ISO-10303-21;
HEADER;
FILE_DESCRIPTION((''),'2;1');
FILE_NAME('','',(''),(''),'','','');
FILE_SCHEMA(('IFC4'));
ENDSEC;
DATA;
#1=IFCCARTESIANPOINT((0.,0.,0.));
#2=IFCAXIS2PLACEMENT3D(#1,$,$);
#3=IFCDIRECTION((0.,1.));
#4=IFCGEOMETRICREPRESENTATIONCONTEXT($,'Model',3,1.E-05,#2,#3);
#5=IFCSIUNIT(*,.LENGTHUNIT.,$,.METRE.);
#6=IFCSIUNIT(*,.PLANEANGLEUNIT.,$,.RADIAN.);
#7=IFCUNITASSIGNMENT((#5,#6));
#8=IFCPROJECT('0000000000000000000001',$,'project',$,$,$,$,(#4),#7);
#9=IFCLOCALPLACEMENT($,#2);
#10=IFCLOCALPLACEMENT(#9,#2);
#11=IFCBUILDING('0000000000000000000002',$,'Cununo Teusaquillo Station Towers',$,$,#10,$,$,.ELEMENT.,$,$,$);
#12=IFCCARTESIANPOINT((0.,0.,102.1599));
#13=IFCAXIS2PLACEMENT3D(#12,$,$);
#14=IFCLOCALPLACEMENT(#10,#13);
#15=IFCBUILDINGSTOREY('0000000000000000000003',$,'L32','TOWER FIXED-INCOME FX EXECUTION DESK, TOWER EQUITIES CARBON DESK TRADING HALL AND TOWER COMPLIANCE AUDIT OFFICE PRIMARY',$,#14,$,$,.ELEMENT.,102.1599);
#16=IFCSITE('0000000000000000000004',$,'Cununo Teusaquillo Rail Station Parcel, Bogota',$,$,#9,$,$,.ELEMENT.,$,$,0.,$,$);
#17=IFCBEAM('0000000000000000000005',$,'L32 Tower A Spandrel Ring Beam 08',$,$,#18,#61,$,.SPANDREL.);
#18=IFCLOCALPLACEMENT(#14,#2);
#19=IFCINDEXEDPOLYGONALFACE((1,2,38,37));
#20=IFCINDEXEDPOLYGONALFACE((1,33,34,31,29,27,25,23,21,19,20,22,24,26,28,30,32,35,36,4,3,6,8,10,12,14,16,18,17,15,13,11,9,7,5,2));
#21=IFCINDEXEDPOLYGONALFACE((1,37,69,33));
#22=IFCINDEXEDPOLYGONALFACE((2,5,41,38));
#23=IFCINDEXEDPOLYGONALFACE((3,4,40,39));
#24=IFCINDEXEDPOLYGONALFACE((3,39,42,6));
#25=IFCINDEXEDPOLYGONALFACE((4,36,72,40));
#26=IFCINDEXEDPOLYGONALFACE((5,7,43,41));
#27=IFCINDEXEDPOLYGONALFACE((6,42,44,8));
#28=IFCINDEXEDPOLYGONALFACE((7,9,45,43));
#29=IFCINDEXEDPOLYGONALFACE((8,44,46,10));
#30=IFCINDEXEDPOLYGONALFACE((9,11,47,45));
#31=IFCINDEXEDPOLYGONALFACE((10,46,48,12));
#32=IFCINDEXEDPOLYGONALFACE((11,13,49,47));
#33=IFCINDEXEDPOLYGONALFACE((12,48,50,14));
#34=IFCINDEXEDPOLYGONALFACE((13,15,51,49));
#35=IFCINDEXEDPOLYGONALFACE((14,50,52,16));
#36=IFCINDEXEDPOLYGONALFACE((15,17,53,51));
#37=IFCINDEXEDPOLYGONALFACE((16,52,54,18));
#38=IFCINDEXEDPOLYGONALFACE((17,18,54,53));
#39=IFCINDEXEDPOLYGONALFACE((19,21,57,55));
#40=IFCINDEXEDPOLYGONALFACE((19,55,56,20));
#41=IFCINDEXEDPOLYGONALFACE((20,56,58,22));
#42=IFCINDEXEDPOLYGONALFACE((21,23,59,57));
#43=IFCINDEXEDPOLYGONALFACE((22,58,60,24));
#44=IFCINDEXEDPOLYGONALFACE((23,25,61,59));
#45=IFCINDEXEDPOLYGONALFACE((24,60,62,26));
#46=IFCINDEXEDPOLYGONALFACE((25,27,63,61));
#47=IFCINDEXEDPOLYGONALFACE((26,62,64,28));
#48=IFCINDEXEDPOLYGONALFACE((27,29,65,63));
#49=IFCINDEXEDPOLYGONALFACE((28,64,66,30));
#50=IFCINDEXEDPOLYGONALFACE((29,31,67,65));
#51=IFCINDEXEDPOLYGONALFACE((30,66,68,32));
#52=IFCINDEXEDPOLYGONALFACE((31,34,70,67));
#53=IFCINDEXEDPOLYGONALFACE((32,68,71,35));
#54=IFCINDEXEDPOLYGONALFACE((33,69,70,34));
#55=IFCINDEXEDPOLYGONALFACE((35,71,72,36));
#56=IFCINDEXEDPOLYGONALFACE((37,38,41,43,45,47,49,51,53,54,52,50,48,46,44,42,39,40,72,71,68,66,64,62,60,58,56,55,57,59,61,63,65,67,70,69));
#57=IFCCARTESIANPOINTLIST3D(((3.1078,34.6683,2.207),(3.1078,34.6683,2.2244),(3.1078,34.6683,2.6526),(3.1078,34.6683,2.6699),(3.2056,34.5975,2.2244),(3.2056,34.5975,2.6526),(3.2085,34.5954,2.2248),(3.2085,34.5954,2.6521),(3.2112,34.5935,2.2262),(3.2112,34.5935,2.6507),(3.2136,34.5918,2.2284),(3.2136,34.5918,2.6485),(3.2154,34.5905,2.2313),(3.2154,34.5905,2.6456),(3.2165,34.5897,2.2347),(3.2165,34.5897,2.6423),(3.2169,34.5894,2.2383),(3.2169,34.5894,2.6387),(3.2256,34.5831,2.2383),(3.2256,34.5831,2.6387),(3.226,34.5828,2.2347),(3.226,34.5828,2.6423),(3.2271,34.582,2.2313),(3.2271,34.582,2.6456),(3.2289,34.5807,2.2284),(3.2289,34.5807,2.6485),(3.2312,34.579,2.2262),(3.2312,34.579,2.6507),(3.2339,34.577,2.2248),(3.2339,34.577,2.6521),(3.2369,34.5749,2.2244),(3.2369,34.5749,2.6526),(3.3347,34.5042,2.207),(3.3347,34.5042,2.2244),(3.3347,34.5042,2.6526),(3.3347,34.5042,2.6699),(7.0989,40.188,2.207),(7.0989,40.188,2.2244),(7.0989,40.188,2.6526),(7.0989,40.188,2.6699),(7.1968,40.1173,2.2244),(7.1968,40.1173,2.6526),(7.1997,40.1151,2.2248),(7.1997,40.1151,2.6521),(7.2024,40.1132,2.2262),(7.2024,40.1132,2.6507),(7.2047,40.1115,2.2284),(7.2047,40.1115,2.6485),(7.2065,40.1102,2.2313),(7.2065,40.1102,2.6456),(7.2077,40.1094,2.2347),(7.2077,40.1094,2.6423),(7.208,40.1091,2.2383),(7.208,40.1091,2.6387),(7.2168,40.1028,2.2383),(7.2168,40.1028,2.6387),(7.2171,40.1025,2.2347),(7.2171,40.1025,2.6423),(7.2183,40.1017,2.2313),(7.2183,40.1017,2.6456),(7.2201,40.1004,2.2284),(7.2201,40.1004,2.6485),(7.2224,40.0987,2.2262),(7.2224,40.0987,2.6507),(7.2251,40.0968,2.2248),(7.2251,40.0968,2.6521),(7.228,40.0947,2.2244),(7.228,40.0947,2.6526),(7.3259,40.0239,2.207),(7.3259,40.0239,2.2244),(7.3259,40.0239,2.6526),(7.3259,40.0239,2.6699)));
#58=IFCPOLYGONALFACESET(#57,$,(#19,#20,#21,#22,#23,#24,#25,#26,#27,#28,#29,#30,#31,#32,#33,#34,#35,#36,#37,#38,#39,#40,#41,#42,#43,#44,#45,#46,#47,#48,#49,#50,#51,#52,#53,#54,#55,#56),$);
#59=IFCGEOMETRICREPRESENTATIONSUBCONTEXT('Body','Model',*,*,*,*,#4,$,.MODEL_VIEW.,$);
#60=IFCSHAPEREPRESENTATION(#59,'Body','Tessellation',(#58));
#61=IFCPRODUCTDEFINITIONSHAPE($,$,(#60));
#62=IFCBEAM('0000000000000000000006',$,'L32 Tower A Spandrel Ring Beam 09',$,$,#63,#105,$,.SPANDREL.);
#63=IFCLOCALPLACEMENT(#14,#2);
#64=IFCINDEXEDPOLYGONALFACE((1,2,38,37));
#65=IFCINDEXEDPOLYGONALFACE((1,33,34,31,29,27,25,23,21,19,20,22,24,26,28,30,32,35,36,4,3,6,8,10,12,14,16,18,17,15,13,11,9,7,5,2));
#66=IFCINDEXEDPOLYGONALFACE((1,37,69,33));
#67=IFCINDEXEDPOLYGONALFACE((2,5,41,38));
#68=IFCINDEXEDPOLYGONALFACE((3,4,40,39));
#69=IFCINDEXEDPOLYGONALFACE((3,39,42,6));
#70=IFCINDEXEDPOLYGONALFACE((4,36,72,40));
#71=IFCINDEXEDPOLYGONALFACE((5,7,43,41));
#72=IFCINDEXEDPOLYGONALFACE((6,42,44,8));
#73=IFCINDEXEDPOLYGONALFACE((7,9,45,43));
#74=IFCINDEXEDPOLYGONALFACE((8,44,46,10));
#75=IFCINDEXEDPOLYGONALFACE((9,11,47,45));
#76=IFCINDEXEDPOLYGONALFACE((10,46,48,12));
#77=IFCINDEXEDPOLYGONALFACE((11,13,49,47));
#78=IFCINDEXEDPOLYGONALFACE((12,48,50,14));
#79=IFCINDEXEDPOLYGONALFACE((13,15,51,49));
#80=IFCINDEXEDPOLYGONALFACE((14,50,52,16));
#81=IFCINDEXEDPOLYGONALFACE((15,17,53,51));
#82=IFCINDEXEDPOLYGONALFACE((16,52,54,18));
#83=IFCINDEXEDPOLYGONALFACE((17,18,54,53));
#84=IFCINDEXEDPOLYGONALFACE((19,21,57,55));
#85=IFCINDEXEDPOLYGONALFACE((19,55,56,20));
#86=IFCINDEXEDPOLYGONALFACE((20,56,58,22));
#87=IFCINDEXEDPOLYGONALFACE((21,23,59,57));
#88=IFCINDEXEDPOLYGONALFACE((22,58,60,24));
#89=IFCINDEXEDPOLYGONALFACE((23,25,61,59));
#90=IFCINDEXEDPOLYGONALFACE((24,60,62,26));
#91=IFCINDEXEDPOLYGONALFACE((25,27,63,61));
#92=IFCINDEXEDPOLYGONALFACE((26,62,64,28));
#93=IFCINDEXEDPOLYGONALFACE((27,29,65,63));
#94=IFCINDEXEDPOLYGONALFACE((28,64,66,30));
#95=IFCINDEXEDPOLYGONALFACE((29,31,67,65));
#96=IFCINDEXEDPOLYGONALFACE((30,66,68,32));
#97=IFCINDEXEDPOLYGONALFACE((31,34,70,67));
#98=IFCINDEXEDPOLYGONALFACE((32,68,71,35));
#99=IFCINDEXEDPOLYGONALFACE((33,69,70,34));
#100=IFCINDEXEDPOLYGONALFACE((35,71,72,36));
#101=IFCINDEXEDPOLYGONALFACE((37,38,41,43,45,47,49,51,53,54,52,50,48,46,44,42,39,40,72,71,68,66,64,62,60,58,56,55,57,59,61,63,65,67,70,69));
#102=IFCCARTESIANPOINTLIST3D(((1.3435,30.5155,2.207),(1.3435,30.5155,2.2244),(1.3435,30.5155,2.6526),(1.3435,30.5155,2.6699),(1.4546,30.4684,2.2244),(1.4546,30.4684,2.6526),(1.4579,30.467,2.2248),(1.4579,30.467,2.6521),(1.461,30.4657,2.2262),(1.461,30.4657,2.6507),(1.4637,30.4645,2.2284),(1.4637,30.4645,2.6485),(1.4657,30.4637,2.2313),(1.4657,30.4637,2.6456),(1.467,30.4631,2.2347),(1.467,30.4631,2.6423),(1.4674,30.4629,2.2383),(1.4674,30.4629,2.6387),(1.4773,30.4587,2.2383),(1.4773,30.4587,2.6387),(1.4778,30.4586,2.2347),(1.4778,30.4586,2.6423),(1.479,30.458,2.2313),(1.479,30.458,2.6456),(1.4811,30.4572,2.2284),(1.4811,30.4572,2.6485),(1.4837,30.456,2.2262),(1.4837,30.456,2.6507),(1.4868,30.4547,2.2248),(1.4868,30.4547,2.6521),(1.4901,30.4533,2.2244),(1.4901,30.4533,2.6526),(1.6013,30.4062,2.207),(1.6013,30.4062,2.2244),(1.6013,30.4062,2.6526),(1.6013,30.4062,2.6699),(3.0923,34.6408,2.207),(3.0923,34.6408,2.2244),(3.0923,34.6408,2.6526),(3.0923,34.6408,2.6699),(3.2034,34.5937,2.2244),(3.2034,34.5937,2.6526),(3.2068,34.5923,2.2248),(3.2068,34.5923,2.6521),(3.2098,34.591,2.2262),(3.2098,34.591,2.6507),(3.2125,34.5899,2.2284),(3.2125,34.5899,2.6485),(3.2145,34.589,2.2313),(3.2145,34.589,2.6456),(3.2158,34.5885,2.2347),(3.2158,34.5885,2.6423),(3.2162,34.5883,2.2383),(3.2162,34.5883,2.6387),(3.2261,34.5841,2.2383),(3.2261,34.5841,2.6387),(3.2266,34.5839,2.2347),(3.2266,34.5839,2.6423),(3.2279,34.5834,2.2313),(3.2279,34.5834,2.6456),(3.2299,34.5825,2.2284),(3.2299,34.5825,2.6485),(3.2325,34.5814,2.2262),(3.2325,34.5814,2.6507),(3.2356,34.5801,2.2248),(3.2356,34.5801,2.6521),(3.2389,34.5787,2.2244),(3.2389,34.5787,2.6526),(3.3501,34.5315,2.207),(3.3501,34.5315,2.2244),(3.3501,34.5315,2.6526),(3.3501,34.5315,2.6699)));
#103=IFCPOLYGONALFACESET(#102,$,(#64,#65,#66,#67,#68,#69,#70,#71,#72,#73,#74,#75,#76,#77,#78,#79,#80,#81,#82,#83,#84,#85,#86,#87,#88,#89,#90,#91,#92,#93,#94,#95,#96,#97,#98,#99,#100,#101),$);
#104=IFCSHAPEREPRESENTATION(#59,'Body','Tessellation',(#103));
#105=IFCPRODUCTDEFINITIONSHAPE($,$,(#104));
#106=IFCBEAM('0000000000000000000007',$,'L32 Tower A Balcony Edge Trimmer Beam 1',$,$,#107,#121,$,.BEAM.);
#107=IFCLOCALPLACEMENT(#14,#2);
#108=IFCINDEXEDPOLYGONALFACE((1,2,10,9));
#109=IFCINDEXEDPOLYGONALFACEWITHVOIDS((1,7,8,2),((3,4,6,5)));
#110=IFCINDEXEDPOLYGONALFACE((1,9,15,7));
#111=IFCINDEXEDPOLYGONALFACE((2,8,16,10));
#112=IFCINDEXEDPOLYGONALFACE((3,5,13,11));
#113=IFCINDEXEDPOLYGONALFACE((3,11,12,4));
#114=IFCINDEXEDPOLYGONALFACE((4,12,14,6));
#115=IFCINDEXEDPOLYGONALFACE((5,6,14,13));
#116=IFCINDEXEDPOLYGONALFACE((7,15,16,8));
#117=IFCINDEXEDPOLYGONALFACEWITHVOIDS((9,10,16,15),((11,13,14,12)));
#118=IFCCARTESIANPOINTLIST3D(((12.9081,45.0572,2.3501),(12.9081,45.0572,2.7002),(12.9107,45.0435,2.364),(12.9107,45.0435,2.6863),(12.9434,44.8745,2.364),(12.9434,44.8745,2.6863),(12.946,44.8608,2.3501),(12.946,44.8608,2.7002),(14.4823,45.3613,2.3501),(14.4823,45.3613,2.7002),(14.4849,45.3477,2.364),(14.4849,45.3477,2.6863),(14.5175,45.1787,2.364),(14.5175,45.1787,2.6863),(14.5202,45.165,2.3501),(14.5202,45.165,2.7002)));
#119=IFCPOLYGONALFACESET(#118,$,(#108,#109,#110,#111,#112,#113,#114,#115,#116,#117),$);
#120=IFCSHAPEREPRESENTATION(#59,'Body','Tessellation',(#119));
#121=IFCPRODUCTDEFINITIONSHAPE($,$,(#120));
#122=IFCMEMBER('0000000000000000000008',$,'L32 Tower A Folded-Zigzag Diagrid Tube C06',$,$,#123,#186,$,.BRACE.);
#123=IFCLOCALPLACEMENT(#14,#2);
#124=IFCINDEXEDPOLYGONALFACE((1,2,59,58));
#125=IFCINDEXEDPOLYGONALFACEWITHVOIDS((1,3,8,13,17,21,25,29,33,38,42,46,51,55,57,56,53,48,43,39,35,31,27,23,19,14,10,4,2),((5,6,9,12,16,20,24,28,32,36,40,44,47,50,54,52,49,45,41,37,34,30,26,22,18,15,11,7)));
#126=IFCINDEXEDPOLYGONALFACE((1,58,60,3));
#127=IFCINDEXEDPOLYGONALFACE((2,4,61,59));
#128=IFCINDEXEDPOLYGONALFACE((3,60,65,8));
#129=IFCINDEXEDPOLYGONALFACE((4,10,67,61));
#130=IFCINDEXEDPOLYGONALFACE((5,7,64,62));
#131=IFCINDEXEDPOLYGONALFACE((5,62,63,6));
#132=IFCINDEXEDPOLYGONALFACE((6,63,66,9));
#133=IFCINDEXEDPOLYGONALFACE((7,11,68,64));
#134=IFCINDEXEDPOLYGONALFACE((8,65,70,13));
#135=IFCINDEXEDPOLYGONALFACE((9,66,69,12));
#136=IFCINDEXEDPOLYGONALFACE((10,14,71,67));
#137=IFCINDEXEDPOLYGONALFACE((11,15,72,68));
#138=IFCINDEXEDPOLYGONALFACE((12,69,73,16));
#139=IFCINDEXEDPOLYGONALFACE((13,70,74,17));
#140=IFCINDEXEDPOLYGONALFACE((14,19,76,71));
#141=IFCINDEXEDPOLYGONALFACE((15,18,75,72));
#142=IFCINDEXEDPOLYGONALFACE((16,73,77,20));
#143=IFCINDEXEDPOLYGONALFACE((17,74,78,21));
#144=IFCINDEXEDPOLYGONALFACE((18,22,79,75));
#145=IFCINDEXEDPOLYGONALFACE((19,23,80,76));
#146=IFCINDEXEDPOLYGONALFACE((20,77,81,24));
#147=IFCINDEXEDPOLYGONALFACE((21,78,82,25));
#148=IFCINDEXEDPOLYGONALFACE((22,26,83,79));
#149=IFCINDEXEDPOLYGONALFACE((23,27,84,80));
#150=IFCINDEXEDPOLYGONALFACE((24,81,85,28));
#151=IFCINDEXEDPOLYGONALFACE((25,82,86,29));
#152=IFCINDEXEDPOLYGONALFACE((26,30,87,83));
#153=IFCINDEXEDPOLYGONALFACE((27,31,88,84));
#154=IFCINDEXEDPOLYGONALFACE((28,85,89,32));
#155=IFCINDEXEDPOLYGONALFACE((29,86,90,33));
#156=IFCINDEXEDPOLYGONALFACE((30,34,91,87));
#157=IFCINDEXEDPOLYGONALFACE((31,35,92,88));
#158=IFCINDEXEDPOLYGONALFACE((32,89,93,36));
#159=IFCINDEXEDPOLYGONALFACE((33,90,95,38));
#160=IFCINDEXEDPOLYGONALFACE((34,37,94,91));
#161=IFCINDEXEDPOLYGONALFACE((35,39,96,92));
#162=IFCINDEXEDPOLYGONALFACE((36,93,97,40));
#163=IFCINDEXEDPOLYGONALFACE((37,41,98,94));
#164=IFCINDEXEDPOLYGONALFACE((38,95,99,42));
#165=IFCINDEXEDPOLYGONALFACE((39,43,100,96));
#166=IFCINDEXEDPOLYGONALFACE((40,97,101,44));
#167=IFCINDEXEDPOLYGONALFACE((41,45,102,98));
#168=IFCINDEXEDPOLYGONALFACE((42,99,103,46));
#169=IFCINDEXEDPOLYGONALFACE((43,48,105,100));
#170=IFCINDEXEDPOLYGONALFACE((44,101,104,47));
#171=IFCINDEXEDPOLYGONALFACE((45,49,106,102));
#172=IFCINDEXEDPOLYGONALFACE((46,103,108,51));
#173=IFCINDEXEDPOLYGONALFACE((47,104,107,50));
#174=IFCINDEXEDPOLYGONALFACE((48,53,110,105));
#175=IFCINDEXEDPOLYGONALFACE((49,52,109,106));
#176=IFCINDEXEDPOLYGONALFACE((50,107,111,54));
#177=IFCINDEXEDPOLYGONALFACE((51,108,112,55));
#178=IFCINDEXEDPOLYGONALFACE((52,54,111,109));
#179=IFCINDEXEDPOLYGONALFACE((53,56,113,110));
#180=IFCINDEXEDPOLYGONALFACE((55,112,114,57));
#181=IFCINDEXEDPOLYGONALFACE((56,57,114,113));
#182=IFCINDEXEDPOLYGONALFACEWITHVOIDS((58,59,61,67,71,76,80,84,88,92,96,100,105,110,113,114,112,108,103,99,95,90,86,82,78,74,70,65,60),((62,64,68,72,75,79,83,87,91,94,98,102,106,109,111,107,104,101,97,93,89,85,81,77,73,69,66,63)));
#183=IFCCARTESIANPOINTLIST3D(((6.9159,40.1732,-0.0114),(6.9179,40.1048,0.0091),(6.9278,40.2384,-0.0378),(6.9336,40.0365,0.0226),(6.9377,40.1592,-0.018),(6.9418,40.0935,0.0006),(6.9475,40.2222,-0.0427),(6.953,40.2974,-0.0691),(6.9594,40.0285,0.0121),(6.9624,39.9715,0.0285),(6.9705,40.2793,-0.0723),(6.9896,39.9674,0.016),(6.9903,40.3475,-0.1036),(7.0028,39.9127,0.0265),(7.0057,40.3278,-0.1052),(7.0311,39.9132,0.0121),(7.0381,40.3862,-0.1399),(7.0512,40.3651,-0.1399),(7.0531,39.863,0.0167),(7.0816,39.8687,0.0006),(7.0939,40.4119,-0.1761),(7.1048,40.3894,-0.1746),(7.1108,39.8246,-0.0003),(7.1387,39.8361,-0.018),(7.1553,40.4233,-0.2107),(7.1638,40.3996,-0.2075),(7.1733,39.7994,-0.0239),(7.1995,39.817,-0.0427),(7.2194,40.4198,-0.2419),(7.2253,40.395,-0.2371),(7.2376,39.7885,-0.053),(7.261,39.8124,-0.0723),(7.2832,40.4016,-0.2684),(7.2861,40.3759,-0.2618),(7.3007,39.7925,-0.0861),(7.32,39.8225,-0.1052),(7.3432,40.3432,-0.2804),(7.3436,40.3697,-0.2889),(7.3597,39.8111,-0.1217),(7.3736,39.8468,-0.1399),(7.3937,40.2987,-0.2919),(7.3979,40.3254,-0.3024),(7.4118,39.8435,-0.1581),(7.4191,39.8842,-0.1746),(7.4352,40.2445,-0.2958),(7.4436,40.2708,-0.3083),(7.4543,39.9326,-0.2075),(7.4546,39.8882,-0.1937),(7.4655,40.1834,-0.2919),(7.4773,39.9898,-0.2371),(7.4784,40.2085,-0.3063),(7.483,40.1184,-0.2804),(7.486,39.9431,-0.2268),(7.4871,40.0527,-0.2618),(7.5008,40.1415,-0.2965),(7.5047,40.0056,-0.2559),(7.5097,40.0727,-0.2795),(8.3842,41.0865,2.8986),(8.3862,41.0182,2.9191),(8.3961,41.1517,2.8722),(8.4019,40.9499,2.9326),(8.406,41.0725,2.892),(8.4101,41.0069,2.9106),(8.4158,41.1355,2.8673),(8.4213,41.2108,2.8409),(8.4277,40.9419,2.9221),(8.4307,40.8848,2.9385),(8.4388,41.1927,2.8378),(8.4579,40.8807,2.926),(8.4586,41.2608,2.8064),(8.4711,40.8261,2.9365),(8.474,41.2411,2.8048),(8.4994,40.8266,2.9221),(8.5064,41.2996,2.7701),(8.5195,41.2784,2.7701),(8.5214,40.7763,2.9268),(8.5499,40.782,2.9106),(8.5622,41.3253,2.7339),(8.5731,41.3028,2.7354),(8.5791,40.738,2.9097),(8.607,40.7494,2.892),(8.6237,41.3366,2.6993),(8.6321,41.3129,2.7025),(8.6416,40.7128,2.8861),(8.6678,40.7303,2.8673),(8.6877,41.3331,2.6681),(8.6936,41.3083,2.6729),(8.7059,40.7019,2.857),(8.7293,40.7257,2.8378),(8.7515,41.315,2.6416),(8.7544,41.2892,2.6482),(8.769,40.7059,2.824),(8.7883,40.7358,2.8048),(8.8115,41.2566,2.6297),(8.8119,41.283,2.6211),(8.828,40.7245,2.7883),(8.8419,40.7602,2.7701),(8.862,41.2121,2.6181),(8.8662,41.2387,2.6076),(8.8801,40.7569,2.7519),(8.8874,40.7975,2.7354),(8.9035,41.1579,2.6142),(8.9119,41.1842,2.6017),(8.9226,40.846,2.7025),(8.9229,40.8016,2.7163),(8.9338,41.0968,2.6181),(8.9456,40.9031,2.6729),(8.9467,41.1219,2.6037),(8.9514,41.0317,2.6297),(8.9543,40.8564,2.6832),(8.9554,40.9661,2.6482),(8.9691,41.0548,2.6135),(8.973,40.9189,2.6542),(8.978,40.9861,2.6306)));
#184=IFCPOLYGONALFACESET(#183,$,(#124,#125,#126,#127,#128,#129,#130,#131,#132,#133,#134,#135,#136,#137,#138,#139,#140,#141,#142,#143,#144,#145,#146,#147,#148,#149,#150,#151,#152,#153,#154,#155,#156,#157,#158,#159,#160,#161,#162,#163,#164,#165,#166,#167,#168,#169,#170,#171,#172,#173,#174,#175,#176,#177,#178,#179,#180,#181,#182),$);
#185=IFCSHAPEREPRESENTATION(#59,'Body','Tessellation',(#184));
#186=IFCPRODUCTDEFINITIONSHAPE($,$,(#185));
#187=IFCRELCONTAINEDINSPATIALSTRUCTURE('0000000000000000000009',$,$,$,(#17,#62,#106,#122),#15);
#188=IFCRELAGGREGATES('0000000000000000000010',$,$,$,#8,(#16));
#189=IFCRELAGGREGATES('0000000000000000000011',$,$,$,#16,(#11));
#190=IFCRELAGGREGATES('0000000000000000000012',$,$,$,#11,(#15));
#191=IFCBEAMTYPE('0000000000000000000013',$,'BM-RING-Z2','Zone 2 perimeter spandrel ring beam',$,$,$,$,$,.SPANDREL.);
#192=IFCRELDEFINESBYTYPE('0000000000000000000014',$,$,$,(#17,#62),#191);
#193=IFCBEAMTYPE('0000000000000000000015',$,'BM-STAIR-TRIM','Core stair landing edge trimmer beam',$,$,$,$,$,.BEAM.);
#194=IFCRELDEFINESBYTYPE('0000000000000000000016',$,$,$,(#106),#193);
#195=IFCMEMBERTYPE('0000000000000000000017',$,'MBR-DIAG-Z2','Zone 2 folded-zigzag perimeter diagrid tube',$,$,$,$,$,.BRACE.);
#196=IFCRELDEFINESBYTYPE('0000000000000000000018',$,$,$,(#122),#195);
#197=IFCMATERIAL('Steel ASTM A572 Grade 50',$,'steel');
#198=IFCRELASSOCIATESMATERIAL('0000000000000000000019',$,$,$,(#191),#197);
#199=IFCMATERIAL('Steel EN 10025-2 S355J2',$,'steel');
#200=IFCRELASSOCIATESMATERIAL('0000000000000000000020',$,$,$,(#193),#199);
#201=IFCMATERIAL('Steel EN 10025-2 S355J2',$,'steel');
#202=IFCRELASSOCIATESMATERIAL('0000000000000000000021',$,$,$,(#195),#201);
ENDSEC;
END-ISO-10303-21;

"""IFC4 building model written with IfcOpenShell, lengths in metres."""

from ifc_helpers import new_model, si_unit, direction, frame, origin, origin_2d, place, context, subcontext, project, spatial, hollow_rectangle, hollow_circle, i_section, extrude, material, material_profile, profile_set, type_object, element, save


model = new_model("IFC4")

# Units and contexts
model_context = context("Model", 3, precision=1e-05, world=origin(), true_north=direction((0.0, 1.0)))
body_context = subcontext(model_context, "Body", "Model", "MODEL_VIEW")
ifc_project = project(units=[si_unit("LENGTHUNIT", "METRE"), si_unit("PLANEANGLEUNIT", "RADIAN")], contexts=[model_context])

# Site, building, storey
site_placement = place(None, origin())
site = spatial("IfcSite", under=ifc_project, at=site_placement, Name="Cununo Teusaquillo Rail Station Parcel, Bogota", CompositionType="ELEMENT", RefElevation=0.0)
building_placement = place(site_placement, origin())
building = spatial("IfcBuilding", under=site, at=building_placement, Name="Cununo Teusaquillo Station Towers", CompositionType="ELEMENT")
storey_placement = place(building_placement, frame((0.0, 0.0, 102.1599)))
storey = spatial("IfcBuildingStorey", under=building, at=storey_placement, Name="L32", Description="TOWER FIXED-INCOME FX EXECUTION DESK, TOWER EQUITIES CARBON DESK TRADING HALL AND TOWER COMPLIANCE AUDIT OFFICE PRIMARY", CompositionType="ELEMENT", Elevation=102.1599)

# Beams
ifc_material_1 = material(Name="Steel ASTM A572 Grade 50", Category="steel")
ifc_material_profile_1 = material_profile(ifc_material_1, i_section(OverallWidth=0.28, OverallDepth=0.4629, WebThickness=0.0107, FlangeThickness=0.0173, FilletRadius=0.0139, at=origin_2d()), Name="W18X76")
ifc_profile_set_1 = profile_set([ifc_material_profile_1], Name="Steel ASTM A572 Grade 50")
beam_type_1 = type_object("IfcBeamType", Name="BM-RING-Z2", Description="Zone 2 perimeter spandrel ring beam", PredefinedType="SPANDREL", material=ifc_profile_set_1)
beam_1_placement = place(storey_placement, frame((7.2124, 40.106, 2.4385), z_axis=(-0.585945, -0.810351, 0.0), x_axis=(0.810351, -0.585945, 0.0)))
element("IfcBeam", 1, at=beam_1_placement, inside=storey, type_object=beam_type_1, Name="L32 Tower A Spandrel Ring Beam 08", PredefinedType="SPANDREL", context=body_context, shape_type="SweptSolid", body=[
    extrude(i_section(OverallWidth=0.28, OverallDepth=0.4629, WebThickness=0.0107, FlangeThickness=0.0173, FilletRadius=0.0139, at=origin_2d()), origin(), (0.0, 0.0, 1.0), 6.8115),
])
beam_2_placement = place(storey_placement, frame((3.2212, 34.5862, 2.4385), z_axis=(-0.390299, -0.920688, 0.0), x_axis=(0.920688, -0.390299, 0.0)))
element("IfcBeam", 2, at=beam_2_placement, inside=storey, type_object=beam_type_1, Name="L32 Tower A Spandrel Ring Beam 09", PredefinedType="SPANDREL", context=body_context, shape_type="SweptSolid", body=[
    extrude(i_section(OverallWidth=0.28, OverallDepth=0.4629, WebThickness=0.0107, FlangeThickness=0.0173, FilletRadius=0.0139, at=origin_2d()), origin(), (0.0, 0.0, 1.0), 4.4807),
])
ifc_material_2 = material(Name="Steel EN 10025-2 S355J2", Category="steel")
ifc_material_profile_2 = material_profile(ifc_material_2, hollow_rectangle(XDim=0.2, YDim=0.3501, WallThickness=0.0139, at=origin_2d()), Name="RHS 350x200x14")
ifc_profile_set_2 = profile_set([ifc_material_profile_2], Name="Steel EN 10025-2 S355J2")
beam_type_2 = type_object("IfcBeamType", Name="BM-STAIR-TRIM", Description="Core stair landing edge trimmer beam", PredefinedType="BEAM", material=ifc_profile_set_2)
beam_3_placement = place(storey_placement, frame((14.5012, 45.2632, 2.5251), z_axis=(-0.981837, -0.189728, 0.0), x_axis=(0.189728, -0.981837, 0.0)))
element("IfcBeam", 3, at=beam_3_placement, inside=storey, type_object=beam_type_2, Name="L32 Tower A Balcony Edge Trimmer Beam 1", PredefinedType="BEAM", context=body_context, shape_type="SweptSolid", body=[
    extrude(hollow_rectangle(XDim=0.2, YDim=0.3501, WallThickness=0.0139, at=origin_2d()), origin(), (0.0, 0.0, 1.0), 1.6033),
])

# Member
ifc_material_3 = material(Name="Steel EN 10025-2 S355J2", Category="steel")
ifc_material_profile_3 = material_profile(ifc_material_3, hollow_circle(Radius=0.3301, WallThickness=0.0249, at=origin_2d()), Name="CHS 660x25")
ifc_profile_set_3 = profile_set([ifc_material_profile_3], Name="Steel EN 10025-2 S355J2")
member_type = type_object("IfcMemberType", Name="MBR-DIAG-Z2", Description="Zone 2 folded-zigzag perimeter diagrid tube", PredefinedType="BRACE", material=ifc_profile_set_3)
member_1_placement = place(storey_placement, frame((7.2124, 40.106, -0.1399), z_axis=(0.433768, 0.269825, 0.859674), x_axis=(-0.528196, 0.849123, 0.0)))
element("IfcMember", 4, at=member_1_placement, inside=storey, type_object=member_type, Name="L32 Tower A Folded-Zigzag Diagrid Tube C06", PredefinedType="BRACE", context=body_context, shape_type="SweptSolid", body=[
    extrude(hollow_circle(Radius=0.3301, WallThickness=0.0249, at=origin_2d()), origin(), (0.0, 0.0, 1.0), 3.385),
])

save(model, "model.ifc")
